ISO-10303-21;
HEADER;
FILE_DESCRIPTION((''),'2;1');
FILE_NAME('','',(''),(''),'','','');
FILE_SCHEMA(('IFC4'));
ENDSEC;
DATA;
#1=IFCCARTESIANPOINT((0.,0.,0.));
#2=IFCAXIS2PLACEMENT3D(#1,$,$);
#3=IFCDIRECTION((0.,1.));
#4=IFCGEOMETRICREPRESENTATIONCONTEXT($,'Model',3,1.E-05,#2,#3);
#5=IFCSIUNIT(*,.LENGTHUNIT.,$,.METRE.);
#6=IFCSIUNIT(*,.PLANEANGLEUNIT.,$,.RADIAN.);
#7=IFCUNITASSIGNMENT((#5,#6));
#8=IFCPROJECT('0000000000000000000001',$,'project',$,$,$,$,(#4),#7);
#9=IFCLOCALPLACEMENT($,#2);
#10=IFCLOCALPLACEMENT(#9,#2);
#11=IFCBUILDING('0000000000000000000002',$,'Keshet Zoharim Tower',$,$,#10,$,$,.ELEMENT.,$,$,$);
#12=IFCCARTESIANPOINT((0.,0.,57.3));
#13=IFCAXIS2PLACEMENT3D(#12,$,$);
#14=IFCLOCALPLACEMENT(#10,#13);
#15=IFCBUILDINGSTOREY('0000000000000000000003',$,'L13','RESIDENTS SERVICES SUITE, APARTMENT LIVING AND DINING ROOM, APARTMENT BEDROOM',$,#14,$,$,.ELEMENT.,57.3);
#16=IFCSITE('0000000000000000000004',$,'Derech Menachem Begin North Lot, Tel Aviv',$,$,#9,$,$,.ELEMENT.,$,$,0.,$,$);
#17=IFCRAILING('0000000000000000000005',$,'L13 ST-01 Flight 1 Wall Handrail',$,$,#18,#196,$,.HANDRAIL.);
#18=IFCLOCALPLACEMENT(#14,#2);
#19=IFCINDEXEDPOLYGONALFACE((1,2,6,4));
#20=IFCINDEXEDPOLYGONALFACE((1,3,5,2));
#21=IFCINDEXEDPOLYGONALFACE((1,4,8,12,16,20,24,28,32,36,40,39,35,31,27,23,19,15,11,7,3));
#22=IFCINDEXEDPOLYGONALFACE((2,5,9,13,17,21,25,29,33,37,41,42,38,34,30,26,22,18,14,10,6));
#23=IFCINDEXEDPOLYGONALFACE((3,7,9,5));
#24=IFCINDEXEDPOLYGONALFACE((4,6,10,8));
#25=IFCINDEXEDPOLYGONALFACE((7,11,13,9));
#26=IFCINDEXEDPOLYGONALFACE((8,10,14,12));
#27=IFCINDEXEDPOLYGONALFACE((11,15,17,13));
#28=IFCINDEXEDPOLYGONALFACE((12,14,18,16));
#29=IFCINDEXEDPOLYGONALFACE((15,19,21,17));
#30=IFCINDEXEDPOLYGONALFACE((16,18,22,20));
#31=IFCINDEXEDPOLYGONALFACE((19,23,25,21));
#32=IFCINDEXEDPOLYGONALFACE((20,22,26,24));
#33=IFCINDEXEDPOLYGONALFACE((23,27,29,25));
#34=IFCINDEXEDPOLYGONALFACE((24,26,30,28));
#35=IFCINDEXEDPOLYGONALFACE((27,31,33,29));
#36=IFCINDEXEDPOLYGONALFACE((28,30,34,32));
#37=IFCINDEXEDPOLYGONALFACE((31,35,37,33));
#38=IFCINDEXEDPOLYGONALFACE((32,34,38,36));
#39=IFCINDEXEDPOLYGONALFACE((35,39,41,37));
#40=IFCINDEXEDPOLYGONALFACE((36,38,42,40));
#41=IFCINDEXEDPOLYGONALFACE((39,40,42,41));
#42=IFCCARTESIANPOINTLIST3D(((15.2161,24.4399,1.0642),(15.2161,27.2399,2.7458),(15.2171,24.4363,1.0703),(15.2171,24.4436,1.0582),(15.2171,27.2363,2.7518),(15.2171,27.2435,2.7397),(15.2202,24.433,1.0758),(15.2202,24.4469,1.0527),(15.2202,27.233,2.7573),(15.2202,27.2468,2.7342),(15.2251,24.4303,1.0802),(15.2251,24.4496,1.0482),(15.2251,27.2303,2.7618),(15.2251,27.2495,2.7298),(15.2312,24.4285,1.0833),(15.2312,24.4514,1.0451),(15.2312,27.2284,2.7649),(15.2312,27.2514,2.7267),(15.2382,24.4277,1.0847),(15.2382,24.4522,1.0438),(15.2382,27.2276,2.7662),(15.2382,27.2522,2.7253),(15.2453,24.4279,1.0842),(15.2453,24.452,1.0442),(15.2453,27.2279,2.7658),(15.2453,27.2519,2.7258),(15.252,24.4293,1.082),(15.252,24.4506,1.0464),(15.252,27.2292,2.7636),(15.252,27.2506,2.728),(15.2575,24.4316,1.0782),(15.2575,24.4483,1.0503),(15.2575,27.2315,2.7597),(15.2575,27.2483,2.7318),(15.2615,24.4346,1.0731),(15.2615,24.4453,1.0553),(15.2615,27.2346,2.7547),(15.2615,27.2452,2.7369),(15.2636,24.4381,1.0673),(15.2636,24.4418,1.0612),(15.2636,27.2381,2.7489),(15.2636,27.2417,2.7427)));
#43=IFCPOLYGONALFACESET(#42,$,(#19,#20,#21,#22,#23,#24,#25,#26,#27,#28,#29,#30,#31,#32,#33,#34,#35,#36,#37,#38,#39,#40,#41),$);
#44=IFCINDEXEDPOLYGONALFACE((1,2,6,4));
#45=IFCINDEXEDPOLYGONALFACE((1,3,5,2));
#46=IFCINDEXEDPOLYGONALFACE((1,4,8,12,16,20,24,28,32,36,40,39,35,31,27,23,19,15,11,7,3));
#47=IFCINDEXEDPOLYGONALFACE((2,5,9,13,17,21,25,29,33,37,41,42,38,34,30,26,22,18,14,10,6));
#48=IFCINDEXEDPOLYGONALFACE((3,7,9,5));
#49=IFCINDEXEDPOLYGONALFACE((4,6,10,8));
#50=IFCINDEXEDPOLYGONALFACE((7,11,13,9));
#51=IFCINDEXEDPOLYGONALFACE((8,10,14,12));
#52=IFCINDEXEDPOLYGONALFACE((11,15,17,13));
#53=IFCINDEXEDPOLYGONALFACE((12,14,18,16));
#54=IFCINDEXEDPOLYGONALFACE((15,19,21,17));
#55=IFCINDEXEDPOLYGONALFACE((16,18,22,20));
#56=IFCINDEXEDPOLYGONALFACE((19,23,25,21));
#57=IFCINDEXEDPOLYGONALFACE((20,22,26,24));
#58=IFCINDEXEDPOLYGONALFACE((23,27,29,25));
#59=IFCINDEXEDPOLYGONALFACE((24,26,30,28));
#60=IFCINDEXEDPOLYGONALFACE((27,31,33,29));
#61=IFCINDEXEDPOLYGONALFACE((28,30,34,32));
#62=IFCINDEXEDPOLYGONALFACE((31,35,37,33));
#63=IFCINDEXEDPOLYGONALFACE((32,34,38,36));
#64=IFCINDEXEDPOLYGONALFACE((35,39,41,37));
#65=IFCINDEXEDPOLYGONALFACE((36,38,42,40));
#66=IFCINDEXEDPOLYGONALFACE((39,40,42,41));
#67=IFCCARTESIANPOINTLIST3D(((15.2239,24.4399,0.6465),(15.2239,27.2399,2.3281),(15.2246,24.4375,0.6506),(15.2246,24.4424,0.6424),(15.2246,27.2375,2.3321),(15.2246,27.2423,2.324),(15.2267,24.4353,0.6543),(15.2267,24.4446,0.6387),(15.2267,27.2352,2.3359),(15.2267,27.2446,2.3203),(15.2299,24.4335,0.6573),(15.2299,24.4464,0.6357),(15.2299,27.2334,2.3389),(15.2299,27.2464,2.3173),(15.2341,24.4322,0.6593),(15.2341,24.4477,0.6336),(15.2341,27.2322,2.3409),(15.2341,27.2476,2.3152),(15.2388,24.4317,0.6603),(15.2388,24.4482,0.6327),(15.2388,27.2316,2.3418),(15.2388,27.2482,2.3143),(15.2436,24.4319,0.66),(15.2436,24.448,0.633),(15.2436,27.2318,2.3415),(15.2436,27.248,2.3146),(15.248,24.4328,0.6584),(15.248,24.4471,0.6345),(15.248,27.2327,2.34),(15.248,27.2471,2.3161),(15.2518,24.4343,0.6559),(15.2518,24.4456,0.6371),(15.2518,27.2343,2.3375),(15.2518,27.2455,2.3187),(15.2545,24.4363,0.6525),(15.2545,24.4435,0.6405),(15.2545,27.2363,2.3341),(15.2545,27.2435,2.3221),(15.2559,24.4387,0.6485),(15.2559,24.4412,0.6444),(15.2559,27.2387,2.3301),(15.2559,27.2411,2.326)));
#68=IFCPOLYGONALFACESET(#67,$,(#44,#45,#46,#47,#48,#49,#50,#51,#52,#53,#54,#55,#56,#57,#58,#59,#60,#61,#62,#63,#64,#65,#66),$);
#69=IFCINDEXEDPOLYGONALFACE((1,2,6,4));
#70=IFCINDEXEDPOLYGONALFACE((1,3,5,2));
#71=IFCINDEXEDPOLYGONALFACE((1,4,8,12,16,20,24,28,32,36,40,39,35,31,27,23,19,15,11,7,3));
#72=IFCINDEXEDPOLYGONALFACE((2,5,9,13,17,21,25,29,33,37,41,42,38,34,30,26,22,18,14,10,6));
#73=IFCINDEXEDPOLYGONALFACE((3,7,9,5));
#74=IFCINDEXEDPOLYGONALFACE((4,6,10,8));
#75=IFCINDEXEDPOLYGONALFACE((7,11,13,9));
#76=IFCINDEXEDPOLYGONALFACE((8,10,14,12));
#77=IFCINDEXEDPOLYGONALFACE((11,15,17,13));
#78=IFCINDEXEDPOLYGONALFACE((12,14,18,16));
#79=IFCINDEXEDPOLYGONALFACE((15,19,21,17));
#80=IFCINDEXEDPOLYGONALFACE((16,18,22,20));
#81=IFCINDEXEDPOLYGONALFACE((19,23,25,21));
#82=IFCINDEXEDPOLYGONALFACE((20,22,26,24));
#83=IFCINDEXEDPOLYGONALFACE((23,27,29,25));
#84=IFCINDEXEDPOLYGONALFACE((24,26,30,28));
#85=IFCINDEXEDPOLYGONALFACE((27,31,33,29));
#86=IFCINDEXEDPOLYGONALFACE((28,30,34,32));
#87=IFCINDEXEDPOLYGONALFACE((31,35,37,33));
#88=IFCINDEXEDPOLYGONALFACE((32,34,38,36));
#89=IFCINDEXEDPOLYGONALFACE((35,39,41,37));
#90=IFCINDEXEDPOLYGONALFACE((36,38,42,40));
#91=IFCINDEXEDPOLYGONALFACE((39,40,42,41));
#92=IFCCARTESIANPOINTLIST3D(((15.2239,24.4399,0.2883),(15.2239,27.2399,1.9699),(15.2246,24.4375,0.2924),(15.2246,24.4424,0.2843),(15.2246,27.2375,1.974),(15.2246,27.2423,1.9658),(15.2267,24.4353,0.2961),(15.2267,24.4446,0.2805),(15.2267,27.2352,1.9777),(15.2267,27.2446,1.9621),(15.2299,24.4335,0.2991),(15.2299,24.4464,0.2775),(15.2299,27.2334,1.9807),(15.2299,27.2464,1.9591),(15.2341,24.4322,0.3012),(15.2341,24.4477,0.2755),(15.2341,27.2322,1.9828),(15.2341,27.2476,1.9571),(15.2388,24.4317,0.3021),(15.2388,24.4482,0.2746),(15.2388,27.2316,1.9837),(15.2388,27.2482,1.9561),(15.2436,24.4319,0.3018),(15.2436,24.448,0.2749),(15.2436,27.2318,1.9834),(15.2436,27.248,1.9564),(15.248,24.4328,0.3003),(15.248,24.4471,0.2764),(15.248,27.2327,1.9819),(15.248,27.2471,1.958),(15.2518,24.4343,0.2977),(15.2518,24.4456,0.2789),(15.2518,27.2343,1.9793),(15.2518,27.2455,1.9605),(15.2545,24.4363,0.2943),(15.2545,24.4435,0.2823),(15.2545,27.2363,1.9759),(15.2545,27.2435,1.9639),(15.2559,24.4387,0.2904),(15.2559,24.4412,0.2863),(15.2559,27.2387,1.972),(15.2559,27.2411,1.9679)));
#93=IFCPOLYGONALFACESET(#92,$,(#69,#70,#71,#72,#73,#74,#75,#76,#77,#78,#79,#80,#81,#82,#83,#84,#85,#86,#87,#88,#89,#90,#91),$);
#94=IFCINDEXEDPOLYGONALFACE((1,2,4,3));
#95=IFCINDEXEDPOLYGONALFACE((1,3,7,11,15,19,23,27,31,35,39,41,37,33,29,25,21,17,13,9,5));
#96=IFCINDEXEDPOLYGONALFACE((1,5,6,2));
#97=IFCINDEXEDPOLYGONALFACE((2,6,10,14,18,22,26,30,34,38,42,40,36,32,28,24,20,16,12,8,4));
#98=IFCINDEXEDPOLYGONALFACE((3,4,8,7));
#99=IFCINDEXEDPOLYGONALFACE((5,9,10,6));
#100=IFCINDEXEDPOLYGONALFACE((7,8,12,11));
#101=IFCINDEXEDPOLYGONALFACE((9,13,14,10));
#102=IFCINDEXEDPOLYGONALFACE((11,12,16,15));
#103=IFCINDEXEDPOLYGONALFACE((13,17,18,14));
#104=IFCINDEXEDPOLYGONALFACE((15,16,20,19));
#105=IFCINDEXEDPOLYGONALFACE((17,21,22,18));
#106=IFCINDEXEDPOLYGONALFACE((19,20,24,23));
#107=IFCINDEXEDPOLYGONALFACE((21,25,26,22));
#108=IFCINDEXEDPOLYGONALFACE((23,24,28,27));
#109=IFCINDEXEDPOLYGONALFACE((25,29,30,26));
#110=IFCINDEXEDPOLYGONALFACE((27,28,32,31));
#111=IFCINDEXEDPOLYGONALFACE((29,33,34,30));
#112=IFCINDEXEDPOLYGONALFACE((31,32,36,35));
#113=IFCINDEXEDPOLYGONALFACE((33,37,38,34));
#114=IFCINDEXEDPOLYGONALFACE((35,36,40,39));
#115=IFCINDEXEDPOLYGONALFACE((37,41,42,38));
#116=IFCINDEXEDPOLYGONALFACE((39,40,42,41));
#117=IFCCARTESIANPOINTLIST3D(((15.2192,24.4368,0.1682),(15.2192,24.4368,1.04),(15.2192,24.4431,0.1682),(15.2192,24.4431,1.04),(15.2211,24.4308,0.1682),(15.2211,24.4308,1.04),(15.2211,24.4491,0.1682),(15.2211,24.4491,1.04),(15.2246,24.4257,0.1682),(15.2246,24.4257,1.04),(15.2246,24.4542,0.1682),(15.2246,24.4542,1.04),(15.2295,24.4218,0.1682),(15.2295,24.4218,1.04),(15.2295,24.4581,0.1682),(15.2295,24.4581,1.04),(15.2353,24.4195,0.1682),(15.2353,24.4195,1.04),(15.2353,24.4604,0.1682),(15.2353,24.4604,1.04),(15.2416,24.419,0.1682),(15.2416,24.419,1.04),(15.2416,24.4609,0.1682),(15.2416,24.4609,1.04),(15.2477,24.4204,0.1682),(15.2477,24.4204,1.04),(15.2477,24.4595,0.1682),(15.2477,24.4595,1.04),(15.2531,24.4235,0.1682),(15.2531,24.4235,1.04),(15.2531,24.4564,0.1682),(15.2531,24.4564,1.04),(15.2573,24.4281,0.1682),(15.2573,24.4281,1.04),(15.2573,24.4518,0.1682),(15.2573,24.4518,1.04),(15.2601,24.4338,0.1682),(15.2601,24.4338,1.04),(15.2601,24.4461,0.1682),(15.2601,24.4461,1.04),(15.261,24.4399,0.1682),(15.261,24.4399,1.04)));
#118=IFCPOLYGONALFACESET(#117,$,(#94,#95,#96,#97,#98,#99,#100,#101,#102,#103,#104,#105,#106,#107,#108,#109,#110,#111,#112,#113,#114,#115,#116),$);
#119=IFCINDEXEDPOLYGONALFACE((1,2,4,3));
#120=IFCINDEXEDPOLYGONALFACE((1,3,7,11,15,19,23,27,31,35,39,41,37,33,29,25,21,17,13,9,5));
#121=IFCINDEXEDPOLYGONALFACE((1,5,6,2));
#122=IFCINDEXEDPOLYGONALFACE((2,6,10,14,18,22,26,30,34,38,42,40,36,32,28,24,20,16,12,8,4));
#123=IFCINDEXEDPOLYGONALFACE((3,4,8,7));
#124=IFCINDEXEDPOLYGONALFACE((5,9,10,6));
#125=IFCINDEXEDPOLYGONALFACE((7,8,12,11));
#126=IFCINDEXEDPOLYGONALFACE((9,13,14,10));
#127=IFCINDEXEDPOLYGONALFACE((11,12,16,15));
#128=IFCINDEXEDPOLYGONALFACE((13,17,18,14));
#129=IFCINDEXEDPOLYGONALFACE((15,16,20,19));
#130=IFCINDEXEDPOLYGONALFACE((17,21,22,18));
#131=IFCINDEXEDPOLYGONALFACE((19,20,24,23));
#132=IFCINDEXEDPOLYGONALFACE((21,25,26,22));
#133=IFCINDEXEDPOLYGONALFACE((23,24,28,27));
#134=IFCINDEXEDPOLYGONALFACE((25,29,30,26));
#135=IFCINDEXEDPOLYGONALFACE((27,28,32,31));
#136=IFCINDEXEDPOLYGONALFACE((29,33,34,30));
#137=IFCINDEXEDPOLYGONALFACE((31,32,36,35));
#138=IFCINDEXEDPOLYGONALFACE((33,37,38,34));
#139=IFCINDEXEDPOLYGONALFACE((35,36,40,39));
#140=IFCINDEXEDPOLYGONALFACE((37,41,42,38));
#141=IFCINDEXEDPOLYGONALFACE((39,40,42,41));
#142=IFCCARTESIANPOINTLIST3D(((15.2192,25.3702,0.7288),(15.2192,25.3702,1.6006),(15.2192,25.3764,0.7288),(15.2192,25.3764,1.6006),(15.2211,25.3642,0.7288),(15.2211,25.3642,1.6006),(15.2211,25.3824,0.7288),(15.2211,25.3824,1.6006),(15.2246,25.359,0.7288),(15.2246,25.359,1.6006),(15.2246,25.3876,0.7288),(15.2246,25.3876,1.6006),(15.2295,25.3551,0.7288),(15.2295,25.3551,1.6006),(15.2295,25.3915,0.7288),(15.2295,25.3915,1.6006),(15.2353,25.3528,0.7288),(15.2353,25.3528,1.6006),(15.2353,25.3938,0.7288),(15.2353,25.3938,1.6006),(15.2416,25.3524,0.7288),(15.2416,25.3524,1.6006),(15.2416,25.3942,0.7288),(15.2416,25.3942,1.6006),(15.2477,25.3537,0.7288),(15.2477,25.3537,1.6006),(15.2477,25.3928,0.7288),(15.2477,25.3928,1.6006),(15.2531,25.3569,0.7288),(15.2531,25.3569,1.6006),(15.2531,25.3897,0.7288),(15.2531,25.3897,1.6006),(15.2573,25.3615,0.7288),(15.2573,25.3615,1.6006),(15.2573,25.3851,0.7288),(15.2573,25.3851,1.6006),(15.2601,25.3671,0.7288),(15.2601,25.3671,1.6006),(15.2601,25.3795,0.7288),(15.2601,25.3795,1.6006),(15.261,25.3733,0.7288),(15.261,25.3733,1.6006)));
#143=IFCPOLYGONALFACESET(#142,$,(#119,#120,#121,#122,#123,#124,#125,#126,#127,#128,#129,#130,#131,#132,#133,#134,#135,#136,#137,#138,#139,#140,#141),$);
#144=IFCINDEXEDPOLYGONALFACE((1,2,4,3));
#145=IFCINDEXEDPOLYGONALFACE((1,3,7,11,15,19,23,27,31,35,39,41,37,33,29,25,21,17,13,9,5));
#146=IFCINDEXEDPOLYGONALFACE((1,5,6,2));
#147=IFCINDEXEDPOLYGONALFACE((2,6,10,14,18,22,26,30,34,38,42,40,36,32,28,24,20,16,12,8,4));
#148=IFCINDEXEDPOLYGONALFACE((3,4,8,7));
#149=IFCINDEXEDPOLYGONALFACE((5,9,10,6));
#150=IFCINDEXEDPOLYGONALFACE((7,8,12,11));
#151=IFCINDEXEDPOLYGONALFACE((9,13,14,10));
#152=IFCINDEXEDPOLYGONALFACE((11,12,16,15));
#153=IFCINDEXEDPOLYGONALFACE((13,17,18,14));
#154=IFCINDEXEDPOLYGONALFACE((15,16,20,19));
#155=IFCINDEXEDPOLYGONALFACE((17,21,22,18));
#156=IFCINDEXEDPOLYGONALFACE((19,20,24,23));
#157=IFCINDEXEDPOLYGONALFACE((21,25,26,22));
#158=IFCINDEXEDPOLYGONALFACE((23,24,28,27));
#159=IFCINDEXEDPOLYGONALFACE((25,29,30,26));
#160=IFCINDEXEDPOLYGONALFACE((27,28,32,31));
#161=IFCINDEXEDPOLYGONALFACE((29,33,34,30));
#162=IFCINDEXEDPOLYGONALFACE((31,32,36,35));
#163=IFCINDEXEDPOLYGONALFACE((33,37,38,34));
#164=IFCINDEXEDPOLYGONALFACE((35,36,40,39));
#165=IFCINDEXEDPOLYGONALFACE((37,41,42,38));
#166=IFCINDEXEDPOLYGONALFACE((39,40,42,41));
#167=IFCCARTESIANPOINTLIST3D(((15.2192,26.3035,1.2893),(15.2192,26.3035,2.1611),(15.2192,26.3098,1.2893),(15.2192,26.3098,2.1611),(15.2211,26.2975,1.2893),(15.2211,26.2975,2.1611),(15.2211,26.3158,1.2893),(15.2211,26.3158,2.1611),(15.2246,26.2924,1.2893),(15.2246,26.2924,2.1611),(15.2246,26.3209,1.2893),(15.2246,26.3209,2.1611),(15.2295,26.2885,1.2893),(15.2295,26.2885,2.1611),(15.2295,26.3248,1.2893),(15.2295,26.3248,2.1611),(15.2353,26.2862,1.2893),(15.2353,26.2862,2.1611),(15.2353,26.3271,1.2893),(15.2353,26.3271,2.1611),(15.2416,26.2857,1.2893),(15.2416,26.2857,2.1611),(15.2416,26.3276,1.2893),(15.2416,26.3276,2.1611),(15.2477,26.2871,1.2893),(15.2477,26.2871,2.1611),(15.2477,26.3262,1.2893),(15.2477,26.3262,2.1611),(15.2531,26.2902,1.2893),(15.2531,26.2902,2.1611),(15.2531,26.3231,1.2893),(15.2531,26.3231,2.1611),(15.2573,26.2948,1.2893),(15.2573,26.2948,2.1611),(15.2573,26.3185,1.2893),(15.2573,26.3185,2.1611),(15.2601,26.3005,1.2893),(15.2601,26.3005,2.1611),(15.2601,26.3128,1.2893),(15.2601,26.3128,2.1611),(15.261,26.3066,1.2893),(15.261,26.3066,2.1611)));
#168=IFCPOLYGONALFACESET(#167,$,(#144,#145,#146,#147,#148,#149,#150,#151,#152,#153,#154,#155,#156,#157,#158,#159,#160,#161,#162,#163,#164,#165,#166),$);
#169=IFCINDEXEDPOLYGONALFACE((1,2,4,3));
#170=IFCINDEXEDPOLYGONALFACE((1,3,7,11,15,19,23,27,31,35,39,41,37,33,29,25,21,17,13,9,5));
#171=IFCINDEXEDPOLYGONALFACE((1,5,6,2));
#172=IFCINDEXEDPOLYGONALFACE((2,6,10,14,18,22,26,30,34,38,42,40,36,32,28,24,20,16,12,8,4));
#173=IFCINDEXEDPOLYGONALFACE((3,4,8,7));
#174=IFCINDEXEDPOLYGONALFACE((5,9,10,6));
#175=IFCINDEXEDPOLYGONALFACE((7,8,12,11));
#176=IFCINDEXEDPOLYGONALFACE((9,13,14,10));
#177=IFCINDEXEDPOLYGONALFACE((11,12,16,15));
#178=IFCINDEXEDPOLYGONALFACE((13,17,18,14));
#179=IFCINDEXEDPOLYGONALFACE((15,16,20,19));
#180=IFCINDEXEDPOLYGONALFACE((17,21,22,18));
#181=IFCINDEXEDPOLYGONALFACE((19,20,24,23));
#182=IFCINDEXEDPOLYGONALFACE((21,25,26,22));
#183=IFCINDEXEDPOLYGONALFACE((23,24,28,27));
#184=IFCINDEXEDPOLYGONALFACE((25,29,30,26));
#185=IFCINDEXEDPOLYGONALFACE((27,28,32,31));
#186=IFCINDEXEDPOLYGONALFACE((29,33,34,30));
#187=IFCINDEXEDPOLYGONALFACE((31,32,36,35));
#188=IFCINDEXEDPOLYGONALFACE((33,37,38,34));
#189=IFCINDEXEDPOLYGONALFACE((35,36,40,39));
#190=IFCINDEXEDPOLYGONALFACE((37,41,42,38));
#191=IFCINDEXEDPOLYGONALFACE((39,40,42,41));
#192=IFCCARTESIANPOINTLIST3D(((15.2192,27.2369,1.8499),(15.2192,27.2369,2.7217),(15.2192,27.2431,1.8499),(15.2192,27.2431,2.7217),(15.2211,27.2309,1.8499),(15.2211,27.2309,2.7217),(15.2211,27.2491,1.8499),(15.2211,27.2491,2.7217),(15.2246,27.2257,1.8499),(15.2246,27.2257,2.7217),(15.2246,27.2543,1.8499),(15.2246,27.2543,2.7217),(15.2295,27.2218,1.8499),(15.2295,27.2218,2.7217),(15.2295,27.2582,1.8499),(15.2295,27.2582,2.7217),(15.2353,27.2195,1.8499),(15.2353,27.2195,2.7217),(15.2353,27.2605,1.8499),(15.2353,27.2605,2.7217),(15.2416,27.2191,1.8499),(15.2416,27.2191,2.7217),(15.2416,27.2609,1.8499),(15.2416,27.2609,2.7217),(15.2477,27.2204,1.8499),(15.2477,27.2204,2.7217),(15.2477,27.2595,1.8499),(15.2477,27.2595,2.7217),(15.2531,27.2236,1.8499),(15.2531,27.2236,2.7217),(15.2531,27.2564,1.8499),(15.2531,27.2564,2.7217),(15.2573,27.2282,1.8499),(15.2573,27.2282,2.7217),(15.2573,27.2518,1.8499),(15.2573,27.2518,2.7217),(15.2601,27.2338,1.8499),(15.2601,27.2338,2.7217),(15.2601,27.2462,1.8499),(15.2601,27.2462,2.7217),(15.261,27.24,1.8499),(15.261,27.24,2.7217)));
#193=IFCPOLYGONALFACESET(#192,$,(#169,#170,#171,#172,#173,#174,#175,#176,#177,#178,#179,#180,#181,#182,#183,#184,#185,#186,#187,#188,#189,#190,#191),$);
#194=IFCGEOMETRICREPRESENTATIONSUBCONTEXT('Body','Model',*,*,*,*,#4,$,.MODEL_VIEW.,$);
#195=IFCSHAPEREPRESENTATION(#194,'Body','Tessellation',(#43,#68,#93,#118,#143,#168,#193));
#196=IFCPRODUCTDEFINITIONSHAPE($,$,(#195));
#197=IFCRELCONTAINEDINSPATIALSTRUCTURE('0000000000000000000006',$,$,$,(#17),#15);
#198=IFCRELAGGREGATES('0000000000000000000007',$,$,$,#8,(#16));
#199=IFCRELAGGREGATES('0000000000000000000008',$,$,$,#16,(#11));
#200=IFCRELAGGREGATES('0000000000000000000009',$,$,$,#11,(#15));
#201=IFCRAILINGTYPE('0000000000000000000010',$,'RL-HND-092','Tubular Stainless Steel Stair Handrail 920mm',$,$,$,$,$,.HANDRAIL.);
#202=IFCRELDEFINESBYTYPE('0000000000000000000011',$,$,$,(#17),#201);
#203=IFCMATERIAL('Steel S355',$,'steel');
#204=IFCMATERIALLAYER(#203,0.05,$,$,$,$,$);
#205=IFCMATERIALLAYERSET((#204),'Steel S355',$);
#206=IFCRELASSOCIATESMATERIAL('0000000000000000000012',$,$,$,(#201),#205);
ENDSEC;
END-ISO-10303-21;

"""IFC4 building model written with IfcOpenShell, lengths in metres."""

from ifc_helpers import new_model, si_unit, direction, frame, origin, origin_2d, place, context, subcontext, project, spatial, circle, extrude, material, layer, layer_set, type_object, element, save


model = new_model("IFC4")

# Units and contexts
model_context = context("Model", 3, precision=1e-05, world=origin(), true_north=direction((0.0, 1.0)))
body_context = subcontext(model_context, "Body", "Model", "MODEL_VIEW")
ifc_project = project(units=[si_unit("LENGTHUNIT", "METRE"), si_unit("PLANEANGLEUNIT", "RADIAN")], contexts=[model_context])

# Site, building, storey
site_placement = place(None, origin())
site = spatial("IfcSite", under=ifc_project, at=site_placement, Name="Derech Menachem Begin North Lot, Tel Aviv", CompositionType="ELEMENT", RefElevation=0.0)
building_placement = place(site_placement, origin())
building = spatial("IfcBuilding", under=site, at=building_placement, Name="Keshet Zoharim Tower", CompositionType="ELEMENT")
storey_placement = place(building_placement, frame((0.0, 0.0, 57.3)))
storey = spatial("IfcBuildingStorey", under=building, at=storey_placement, Name="L13", Description="RESIDENTS SERVICES SUITE, APARTMENT LIVING AND DINING ROOM, APARTMENT BEDROOM", CompositionType="ELEMENT", Elevation=57.3)

# Shared definitions
ifc_material_1 = material(Name="Steel S355", Category="steel")

# Railing
ifc_layer_1 = layer(ifc_material_1, 0.05)
ifc_layer_set_1 = layer_set([ifc_layer_1], Name="Steel S355")
railing_type_1 = type_object("IfcRailingType", Name="RL-HND-092", Description="Tubular Stainless Steel Stair Handrail 920mm", PredefinedType="HANDRAIL", material=ifc_layer_set_1)
railing_1_placement = place(storey_placement, frame((15.24, 24.4399, 0.1682)))
element("IfcRailing", 1, at=railing_1_placement, inside=storey, type_object=railing_type_1, Name="L13 ST-01 Flight 1 Wall Handrail", PredefinedType="HANDRAIL", context=body_context, shape_type="SweptSolid", body=[
    extrude(circle(Radius=0.0239, at=origin_2d()), frame((0.0, 0.0, 0.896), z_axis=(0.0, 0.857275, 0.514858), x_axis=(-1.0, 0.0, 0.0)), (0.0, 0.0, 1.0), 3.2661),
    extrude(circle(Radius=0.0161, at=origin_2d()), frame((0.0, 0.0, 0.4783), z_axis=(0.0, 0.857275, 0.514858), x_axis=(-1.0, 0.0, 0.0)), (0.0, 0.0, 1.0), 3.2661),
    extrude(circle(Radius=0.0161, at=origin_2d()), frame((0.0, 0.0, 0.1201), z_axis=(0.0, 0.857275, 0.514858), x_axis=(-1.0, 0.0, 0.0)), (0.0, 0.0, 1.0), 3.2661),
    extrude(circle(Radius=0.021, at=origin_2d()), origin(), (0.0, 0.0, 1.0), 0.8718),
    extrude(circle(Radius=0.021, at=origin_2d()), frame((0.0, 0.9333, 0.5605)), (0.0, 0.0, 1.0), 0.8718),
    extrude(circle(Radius=0.021, at=origin_2d()), frame((0.0, 1.8667, 1.1211)), (0.0, 0.0, 1.0), 0.8718),
    extrude(circle(Radius=0.021, at=origin_2d()), frame((0.0, 2.8, 1.6816)), (0.0, 0.0, 1.0), 0.8718),
])

save(model, "model.ifc")
